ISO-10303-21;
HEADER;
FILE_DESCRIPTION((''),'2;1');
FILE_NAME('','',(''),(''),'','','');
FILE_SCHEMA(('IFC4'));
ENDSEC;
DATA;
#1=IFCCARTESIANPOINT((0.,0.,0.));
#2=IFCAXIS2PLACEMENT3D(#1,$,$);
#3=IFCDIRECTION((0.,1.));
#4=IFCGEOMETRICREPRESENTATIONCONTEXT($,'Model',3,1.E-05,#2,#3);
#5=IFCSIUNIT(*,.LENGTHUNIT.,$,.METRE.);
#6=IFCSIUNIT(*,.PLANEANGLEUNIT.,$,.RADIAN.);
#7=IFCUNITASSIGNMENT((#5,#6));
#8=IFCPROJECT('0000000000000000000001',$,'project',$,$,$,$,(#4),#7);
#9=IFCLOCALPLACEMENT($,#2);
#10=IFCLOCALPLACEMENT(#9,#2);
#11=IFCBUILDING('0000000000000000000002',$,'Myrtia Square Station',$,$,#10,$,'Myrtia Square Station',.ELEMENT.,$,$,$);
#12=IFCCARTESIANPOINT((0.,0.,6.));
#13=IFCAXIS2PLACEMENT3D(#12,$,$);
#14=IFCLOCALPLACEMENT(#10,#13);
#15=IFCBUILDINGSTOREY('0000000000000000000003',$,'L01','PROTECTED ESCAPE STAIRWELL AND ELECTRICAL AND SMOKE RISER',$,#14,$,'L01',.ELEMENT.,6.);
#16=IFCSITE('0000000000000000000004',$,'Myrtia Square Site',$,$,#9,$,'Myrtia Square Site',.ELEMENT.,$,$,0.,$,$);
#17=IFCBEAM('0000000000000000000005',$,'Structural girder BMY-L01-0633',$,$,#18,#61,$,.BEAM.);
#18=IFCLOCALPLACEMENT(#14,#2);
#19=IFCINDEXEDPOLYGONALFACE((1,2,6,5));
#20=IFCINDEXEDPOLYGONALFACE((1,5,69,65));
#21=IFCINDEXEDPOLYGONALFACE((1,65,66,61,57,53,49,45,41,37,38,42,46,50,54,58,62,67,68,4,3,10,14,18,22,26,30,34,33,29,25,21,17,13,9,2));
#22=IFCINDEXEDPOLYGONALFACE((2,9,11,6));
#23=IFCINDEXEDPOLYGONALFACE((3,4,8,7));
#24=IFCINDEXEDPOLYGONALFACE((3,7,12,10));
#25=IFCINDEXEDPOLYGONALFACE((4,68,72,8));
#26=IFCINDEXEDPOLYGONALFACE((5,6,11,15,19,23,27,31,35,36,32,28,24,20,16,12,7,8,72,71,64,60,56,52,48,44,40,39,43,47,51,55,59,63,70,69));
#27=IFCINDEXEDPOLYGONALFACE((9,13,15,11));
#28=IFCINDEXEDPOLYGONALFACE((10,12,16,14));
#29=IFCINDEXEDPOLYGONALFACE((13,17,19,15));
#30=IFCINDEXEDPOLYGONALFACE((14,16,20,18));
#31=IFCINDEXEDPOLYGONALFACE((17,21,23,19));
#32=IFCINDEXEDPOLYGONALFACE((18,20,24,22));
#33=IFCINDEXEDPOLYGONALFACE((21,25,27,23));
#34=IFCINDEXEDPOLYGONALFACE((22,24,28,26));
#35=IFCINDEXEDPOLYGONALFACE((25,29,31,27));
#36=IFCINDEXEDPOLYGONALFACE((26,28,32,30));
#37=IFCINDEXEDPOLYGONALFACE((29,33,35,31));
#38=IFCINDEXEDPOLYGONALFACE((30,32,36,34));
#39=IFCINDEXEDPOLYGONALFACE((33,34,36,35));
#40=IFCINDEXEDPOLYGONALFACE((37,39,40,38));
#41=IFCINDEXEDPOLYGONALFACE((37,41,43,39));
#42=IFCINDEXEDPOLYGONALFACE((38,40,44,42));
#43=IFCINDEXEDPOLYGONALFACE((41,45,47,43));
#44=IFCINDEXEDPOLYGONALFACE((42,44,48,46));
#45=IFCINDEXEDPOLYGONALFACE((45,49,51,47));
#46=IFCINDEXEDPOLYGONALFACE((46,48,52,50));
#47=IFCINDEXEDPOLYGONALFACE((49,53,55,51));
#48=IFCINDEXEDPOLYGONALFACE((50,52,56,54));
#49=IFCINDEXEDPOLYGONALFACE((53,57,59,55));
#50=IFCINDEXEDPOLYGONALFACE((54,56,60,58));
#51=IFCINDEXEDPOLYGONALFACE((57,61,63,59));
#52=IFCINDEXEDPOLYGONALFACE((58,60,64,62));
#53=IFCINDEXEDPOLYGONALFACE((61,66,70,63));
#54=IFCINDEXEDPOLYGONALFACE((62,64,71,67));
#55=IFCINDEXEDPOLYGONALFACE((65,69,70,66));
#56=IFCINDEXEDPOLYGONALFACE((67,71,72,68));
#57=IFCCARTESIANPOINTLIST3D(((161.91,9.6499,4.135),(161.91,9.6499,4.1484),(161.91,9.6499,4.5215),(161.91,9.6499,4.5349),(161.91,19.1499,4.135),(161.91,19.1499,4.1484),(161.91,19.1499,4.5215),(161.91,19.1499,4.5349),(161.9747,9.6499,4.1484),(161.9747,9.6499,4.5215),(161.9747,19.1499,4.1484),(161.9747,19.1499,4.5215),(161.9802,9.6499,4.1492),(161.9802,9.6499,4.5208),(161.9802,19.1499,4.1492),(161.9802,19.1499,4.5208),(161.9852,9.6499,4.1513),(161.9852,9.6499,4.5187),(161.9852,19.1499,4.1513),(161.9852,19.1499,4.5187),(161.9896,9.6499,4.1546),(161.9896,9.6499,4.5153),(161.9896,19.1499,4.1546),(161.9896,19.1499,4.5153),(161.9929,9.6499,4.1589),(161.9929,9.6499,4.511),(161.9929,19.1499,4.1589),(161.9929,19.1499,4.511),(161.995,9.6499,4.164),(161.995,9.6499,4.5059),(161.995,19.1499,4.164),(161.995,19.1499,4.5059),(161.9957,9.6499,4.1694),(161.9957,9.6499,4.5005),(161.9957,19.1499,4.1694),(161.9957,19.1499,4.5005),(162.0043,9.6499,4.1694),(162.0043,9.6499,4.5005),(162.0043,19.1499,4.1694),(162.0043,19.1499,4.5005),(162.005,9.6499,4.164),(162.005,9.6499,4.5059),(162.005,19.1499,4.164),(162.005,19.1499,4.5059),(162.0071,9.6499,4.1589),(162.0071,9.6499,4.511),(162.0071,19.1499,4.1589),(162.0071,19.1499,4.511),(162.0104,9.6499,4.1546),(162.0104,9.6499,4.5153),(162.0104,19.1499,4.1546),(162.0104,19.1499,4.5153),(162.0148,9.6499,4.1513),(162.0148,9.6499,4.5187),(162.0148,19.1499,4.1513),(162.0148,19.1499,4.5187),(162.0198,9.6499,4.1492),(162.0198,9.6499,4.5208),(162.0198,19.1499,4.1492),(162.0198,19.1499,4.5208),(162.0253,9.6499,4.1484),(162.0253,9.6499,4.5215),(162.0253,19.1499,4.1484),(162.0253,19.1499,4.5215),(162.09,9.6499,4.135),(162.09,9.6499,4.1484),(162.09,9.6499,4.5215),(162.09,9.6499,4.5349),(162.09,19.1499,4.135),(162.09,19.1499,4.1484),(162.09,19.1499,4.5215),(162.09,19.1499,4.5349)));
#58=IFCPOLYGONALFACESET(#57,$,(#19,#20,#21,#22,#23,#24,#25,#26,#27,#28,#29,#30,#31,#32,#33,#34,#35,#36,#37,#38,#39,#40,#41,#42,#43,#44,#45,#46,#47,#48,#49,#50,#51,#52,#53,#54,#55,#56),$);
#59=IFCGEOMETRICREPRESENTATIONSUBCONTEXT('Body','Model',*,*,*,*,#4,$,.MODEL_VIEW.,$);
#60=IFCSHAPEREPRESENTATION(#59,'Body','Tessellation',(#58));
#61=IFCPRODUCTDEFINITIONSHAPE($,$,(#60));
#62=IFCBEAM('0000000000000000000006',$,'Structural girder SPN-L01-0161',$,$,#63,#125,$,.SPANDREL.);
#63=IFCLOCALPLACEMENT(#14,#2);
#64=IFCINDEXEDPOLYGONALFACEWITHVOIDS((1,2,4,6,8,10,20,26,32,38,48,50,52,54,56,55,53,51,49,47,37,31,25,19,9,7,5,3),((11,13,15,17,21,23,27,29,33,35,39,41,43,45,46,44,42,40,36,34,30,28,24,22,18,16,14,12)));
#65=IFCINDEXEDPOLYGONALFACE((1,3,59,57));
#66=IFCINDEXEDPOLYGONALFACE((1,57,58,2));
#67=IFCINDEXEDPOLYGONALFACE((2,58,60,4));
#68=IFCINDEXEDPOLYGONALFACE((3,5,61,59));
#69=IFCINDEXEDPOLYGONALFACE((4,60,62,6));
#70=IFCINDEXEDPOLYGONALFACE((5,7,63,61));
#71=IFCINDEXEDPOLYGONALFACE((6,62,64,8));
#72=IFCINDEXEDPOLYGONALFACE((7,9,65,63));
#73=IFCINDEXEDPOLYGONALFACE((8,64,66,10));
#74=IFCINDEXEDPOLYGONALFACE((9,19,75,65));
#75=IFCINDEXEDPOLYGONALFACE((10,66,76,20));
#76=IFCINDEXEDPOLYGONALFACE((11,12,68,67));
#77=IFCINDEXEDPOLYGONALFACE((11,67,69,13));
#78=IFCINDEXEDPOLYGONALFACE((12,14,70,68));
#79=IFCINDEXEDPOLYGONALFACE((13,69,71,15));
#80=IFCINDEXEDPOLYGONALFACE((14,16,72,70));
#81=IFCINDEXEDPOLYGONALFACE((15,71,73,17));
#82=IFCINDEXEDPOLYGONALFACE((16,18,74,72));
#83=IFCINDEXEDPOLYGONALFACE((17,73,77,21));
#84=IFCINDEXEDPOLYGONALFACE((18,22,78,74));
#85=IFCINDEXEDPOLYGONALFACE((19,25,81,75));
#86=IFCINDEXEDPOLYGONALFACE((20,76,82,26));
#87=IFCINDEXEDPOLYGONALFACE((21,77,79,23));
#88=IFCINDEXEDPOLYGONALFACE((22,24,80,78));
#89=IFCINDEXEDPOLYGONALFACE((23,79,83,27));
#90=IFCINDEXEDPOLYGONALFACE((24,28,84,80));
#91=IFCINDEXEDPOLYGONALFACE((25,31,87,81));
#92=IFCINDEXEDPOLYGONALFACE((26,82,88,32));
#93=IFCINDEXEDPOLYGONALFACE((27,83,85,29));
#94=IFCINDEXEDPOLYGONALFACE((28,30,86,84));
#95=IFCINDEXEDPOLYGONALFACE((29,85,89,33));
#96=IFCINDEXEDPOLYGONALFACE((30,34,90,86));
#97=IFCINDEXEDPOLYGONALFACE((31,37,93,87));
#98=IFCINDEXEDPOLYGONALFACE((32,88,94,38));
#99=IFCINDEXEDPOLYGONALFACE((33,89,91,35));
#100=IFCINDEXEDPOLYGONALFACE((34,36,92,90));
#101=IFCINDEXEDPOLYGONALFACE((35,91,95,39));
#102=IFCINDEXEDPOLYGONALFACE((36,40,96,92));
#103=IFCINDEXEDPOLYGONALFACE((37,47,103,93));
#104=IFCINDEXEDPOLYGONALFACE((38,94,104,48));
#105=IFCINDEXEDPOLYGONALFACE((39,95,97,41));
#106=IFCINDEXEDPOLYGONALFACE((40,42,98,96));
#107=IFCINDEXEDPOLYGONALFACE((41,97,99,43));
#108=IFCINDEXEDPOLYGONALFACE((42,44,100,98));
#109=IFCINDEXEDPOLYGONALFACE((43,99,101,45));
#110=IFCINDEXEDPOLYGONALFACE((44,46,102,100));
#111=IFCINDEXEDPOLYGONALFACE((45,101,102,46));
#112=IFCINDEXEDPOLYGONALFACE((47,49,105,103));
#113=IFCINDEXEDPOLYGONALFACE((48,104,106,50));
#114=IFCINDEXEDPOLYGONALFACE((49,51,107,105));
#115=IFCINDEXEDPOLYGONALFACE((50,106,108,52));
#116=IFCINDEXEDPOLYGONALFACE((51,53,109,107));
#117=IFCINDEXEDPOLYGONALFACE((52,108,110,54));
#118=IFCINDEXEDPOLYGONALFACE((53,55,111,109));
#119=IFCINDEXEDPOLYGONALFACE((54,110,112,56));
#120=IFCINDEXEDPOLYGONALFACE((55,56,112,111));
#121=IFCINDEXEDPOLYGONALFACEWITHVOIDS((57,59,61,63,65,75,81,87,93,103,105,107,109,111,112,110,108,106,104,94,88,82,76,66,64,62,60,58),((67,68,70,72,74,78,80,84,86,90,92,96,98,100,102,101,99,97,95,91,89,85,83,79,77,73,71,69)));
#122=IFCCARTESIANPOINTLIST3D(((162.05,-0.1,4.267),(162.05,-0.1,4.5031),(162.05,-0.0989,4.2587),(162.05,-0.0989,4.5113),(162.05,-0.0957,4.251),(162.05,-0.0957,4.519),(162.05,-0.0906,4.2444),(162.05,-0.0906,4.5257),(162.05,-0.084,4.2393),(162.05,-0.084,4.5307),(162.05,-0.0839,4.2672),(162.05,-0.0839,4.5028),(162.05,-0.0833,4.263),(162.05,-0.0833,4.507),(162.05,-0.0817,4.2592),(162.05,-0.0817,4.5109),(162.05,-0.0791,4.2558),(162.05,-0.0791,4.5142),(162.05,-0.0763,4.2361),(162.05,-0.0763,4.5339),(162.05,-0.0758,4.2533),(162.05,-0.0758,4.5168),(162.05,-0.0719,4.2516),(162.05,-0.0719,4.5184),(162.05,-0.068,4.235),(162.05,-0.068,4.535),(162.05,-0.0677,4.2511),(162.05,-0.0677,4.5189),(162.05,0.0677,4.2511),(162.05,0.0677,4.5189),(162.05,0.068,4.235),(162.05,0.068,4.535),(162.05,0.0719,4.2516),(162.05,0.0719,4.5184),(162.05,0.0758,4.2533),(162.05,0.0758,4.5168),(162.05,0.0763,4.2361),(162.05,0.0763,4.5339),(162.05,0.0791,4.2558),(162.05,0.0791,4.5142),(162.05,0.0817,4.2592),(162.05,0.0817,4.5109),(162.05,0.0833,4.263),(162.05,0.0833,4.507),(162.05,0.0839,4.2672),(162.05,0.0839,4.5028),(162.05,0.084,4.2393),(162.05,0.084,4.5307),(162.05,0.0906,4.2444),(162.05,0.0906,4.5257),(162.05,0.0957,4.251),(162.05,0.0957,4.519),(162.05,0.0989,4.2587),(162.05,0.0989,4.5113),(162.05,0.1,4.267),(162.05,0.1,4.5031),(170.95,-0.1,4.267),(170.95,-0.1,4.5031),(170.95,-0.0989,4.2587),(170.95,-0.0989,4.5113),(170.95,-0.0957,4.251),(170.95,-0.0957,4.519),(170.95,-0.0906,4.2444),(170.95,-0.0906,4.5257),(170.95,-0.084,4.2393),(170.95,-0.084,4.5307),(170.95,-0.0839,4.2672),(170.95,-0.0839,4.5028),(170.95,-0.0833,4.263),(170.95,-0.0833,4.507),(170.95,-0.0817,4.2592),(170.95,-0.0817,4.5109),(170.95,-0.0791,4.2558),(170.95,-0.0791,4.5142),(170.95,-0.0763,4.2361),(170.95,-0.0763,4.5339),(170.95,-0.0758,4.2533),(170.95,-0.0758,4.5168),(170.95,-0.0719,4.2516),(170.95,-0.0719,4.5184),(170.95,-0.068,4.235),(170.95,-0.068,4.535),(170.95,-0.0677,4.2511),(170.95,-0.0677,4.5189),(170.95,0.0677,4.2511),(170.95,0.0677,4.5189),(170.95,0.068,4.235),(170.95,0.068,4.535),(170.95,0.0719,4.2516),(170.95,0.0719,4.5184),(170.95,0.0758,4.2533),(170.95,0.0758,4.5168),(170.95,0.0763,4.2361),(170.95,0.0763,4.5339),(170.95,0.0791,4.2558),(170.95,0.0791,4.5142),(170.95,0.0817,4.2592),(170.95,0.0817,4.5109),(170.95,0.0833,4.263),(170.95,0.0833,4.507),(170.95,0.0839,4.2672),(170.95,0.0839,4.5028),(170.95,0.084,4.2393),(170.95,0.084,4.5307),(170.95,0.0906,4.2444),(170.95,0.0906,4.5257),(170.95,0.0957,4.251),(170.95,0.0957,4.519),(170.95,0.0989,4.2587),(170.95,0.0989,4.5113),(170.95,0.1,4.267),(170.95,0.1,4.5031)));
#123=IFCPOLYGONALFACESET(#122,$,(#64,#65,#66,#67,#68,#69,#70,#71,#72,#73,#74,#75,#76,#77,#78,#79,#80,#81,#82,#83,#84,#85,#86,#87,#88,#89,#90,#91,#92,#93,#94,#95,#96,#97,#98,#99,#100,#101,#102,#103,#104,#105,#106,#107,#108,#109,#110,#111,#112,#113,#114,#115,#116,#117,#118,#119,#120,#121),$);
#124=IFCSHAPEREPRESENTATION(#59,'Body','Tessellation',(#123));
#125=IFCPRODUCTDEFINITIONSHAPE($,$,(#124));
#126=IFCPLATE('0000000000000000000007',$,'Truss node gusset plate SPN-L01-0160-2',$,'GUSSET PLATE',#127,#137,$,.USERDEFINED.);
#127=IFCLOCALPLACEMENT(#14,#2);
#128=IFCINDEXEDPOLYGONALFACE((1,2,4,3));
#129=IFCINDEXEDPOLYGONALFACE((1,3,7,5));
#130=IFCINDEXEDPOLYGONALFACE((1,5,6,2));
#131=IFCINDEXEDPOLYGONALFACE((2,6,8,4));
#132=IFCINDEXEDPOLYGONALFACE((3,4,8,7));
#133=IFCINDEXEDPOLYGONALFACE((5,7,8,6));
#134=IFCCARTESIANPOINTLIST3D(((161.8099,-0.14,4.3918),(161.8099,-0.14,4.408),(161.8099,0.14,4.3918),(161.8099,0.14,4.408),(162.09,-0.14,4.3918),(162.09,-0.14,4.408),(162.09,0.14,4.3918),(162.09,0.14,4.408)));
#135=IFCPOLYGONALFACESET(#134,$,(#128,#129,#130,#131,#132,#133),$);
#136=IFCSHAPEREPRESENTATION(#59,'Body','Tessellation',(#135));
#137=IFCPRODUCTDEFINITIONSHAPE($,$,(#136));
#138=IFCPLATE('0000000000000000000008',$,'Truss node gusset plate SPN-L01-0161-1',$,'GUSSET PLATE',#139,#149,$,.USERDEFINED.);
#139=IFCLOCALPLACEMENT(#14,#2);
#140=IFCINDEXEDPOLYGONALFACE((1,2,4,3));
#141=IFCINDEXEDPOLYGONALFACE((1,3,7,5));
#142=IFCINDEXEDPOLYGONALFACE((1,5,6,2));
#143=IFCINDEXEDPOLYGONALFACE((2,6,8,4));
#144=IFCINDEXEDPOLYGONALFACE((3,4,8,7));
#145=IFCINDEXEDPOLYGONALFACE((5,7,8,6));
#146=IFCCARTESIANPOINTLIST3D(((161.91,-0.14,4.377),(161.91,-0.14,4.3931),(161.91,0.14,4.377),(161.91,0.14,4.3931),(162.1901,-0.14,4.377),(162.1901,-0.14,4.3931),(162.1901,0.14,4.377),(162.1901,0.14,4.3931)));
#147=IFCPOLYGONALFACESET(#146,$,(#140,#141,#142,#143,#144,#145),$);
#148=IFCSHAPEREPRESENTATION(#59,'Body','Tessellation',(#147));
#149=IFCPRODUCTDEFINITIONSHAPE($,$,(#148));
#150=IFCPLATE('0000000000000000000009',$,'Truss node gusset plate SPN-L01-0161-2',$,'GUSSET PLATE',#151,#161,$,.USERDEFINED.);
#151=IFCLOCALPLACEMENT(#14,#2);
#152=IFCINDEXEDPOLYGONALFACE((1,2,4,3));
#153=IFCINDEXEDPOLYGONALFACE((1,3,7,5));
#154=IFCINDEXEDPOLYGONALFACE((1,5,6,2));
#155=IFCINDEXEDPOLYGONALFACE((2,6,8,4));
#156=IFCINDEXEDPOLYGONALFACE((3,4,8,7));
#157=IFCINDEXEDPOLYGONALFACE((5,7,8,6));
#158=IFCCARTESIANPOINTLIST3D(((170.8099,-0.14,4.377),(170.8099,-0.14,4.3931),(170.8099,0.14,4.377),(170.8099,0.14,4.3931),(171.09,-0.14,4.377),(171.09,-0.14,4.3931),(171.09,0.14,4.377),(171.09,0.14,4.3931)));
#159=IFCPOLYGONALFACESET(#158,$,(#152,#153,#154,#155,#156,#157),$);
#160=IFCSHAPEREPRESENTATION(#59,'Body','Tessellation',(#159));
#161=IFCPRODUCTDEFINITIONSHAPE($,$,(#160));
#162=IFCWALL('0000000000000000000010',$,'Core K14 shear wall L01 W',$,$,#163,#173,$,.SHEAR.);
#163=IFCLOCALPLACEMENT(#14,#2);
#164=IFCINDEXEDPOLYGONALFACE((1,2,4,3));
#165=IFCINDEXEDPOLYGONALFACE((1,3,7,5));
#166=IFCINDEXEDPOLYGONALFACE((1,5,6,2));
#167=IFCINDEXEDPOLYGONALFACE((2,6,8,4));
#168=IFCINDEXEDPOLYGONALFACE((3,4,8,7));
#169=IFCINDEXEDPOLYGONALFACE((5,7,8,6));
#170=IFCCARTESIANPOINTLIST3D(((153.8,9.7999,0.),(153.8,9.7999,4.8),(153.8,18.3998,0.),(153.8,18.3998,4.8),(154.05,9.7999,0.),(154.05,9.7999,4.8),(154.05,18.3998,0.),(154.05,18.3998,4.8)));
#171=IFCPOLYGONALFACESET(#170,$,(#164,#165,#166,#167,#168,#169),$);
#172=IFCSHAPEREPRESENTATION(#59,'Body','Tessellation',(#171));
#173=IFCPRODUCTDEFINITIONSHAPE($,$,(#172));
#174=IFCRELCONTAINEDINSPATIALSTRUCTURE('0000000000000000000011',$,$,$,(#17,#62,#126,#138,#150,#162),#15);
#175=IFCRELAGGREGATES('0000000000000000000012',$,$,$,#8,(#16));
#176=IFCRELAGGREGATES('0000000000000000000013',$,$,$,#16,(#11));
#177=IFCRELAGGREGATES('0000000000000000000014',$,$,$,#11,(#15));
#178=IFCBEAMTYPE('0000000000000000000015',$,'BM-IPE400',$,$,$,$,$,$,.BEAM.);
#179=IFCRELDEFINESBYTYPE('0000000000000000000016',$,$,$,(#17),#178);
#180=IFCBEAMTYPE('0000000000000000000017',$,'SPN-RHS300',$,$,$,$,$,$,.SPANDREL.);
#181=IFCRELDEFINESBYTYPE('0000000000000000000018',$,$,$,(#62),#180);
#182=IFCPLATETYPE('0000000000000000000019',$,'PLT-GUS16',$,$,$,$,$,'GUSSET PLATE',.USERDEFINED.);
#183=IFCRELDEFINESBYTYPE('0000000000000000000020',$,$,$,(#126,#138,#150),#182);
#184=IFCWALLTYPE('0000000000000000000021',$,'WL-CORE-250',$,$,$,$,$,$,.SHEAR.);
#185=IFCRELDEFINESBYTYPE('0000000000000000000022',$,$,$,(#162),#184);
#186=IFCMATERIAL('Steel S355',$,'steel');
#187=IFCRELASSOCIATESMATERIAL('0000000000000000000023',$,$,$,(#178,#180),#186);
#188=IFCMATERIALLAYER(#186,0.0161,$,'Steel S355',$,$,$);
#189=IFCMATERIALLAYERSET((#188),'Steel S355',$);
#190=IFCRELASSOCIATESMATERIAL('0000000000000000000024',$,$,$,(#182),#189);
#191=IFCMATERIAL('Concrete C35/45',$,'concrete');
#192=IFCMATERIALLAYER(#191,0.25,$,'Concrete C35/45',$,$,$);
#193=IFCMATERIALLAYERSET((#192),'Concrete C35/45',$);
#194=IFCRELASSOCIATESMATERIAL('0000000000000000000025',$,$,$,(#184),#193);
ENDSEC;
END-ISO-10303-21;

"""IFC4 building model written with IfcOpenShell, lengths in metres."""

from ifc_helpers import new_model, si_unit, direction, frame, frame_2d, origin, origin_2d, place, context, subcontext, project, spatial, rectangle, hollow_rectangle, i_section, extrude, material, layer, layer_set, material_profile, profile_set, type_object, element, save


model = new_model("IFC4")

# Units and contexts
model_context = context("Model", 3, precision=1e-05, world=origin(), true_north=direction((0.0, 1.0)))
body_context = subcontext(model_context, "Body", "Model", "MODEL_VIEW")
ifc_project = project(units=[si_unit("LENGTHUNIT", "METRE"), si_unit("PLANEANGLEUNIT", "RADIAN")], contexts=[model_context])

# Site, building, storey
site_placement = place(None, origin())
site = spatial("IfcSite", under=ifc_project, at=site_placement, Name="Myrtia Square Site", LongName="Myrtia Square Site", CompositionType="ELEMENT", RefElevation=0.0)
building_placement = place(site_placement, origin())
building = spatial("IfcBuilding", under=site, at=building_placement, Name="Myrtia Square Station", LongName="Myrtia Square Station", CompositionType="ELEMENT")
storey_placement = place(building_placement, frame((0.0, 0.0, 6.0)))
storey = spatial("IfcBuildingStorey", under=building, at=storey_placement, Name="L01", Description="PROTECTED ESCAPE STAIRWELL AND ELECTRICAL AND SMOKE RISER", LongName="L01", CompositionType="ELEMENT", Elevation=6.0)

# Shared definitions
ifc_material_1 = material(Name="Steel S355", Category="steel")

# Beams
ifc_material_profile_1 = material_profile(ifc_material_1, i_section(OverallWidth=0.1799, OverallDepth=0.3999, WebThickness=0.0085, FlangeThickness=0.0134, FilletRadius=0.021, at=origin_2d()), Name="IPE 400")
ifc_profile_set_1 = profile_set([ifc_material_profile_1], Name="Steel S355")
beam_type_1 = type_object("IfcBeamType", Name="BM-IPE400", PredefinedType="BEAM", material=ifc_profile_set_1)
for number, where, z_axis, x_axis, name in (
    (1, (162.0, 9.6499, 4.335), (0.0, 1.0, 0.0), (-1.0, 0.0, 0.0), "Structural girder BMY-L01-0633"),
):
    element("IfcBeam", number, at=place(storey_placement, frame(where, z_axis=z_axis, x_axis=x_axis)), inside=storey, type_object=beam_type_1, Name=name, PredefinedType="BEAM", context=body_context, shape_type="SweptSolid", body=[
        extrude(i_section(OverallWidth=0.1799, OverallDepth=0.3999, WebThickness=0.0085, FlangeThickness=0.0134, FilletRadius=0.021, at=origin_2d()), origin(), (0.0, 0.0, 1.0), 9.5),
    ])
ifc_material_profile_2 = material_profile(ifc_material_1, hollow_rectangle(XDim=0.2, YDim=0.3, WallThickness=0.0161, InnerFilletRadius=0.0161, OuterFilletRadius=0.032, at=origin_2d()), Name="RHS 300x200x16")
ifc_profile_set_2 = profile_set([ifc_material_profile_2], Name="Steel S355")
beam_type_2 = type_object("IfcBeamType", Name="SPN-RHS300", PredefinedType="SPANDREL", material=ifc_profile_set_2)
beam_1_placement = place(storey_placement, frame((162.05, 0.0, 4.385), z_axis=(1.0, 0.0, 0.0), x_axis=(0.0, 1.0, 0.0)))
element("IfcBeam", 2, at=beam_1_placement, inside=storey, type_object=beam_type_2, Name="Structural girder SPN-L01-0161", PredefinedType="SPANDREL", context=body_context, shape_type="SweptSolid", body=[
    extrude(hollow_rectangle(XDim=0.2, YDim=0.3, WallThickness=0.0161, InnerFilletRadius=0.0161, OuterFilletRadius=0.032, at=origin_2d()), origin(), (0.0, 0.0, 1.0), 8.8999),
])

# Plates
ifc_layer_1 = layer(ifc_material_1, 0.0161, Name="Steel S355")
ifc_layer_set_1 = layer_set([ifc_layer_1], Name="Steel S355")
plate_type = type_object("IfcPlateType", Name="PLT-GUS16", ElementType="GUSSET PLATE", PredefinedType="USERDEFINED", material=ifc_layer_set_1)
for number, where, z_axis, x_axis, name in (
    (3, (161.95, 0.0, 4.3918), (0.0, 0.0, 1.0), (1.0, 0.0, 0.0), "Truss node gusset plate SPN-L01-0160-2"),
    (4, (162.05, 0.0, 4.377), (0.0, 0.0, 1.0), (1.0, 0.0, 0.0), "Truss node gusset plate SPN-L01-0161-1"),
    (5, (170.95, 0.0, 4.377), (0.0, 0.0, 1.0), (1.0, 0.0, 0.0), "Truss node gusset plate SPN-L01-0161-2"),
):
    element("IfcPlate", number, at=place(storey_placement, frame(where, z_axis=z_axis, x_axis=x_axis)), inside=storey, type_object=plate_type, Name=name, ObjectType="GUSSET PLATE", PredefinedType="USERDEFINED", context=body_context, shape_type="SweptSolid", body=[
        extrude(rectangle(XDim=0.28, YDim=0.28, at=origin_2d()), origin(), (0.0, 0.0, 1.0), 0.0161),
    ])

# Wall
ifc_material_2 = material(Name="Concrete C35/45", Category="concrete")
ifc_layer_2 = layer(ifc_material_2, 0.25, Name="Concrete C35/45")
ifc_layer_set_2 = layer_set([ifc_layer_2], Name="Concrete C35/45")
wall_type_1 = type_object("IfcWallType", Name="WL-CORE-250", PredefinedType="SHEAR", material=ifc_layer_set_2)
wall_1_placement = place(storey_placement, frame((153.925, 9.8, 0.0), z_axis=(0.0, 0.0, 1.0), x_axis=(0.0, 1.0, 0.0)))
element("IfcWall", 6, at=wall_1_placement, inside=storey, type_object=wall_type_1, Name="Core K14 shear wall L01 W", PredefinedType="SHEAR", context=body_context, shape_type="SweptSolid", body=[
    extrude(rectangle(XDim=8.5999, YDim=0.25, at=frame_2d((4.2998, 0.0))), origin(), (0.0, 0.0, 1.0), 4.8),
])

save(model, "model.ifc")
